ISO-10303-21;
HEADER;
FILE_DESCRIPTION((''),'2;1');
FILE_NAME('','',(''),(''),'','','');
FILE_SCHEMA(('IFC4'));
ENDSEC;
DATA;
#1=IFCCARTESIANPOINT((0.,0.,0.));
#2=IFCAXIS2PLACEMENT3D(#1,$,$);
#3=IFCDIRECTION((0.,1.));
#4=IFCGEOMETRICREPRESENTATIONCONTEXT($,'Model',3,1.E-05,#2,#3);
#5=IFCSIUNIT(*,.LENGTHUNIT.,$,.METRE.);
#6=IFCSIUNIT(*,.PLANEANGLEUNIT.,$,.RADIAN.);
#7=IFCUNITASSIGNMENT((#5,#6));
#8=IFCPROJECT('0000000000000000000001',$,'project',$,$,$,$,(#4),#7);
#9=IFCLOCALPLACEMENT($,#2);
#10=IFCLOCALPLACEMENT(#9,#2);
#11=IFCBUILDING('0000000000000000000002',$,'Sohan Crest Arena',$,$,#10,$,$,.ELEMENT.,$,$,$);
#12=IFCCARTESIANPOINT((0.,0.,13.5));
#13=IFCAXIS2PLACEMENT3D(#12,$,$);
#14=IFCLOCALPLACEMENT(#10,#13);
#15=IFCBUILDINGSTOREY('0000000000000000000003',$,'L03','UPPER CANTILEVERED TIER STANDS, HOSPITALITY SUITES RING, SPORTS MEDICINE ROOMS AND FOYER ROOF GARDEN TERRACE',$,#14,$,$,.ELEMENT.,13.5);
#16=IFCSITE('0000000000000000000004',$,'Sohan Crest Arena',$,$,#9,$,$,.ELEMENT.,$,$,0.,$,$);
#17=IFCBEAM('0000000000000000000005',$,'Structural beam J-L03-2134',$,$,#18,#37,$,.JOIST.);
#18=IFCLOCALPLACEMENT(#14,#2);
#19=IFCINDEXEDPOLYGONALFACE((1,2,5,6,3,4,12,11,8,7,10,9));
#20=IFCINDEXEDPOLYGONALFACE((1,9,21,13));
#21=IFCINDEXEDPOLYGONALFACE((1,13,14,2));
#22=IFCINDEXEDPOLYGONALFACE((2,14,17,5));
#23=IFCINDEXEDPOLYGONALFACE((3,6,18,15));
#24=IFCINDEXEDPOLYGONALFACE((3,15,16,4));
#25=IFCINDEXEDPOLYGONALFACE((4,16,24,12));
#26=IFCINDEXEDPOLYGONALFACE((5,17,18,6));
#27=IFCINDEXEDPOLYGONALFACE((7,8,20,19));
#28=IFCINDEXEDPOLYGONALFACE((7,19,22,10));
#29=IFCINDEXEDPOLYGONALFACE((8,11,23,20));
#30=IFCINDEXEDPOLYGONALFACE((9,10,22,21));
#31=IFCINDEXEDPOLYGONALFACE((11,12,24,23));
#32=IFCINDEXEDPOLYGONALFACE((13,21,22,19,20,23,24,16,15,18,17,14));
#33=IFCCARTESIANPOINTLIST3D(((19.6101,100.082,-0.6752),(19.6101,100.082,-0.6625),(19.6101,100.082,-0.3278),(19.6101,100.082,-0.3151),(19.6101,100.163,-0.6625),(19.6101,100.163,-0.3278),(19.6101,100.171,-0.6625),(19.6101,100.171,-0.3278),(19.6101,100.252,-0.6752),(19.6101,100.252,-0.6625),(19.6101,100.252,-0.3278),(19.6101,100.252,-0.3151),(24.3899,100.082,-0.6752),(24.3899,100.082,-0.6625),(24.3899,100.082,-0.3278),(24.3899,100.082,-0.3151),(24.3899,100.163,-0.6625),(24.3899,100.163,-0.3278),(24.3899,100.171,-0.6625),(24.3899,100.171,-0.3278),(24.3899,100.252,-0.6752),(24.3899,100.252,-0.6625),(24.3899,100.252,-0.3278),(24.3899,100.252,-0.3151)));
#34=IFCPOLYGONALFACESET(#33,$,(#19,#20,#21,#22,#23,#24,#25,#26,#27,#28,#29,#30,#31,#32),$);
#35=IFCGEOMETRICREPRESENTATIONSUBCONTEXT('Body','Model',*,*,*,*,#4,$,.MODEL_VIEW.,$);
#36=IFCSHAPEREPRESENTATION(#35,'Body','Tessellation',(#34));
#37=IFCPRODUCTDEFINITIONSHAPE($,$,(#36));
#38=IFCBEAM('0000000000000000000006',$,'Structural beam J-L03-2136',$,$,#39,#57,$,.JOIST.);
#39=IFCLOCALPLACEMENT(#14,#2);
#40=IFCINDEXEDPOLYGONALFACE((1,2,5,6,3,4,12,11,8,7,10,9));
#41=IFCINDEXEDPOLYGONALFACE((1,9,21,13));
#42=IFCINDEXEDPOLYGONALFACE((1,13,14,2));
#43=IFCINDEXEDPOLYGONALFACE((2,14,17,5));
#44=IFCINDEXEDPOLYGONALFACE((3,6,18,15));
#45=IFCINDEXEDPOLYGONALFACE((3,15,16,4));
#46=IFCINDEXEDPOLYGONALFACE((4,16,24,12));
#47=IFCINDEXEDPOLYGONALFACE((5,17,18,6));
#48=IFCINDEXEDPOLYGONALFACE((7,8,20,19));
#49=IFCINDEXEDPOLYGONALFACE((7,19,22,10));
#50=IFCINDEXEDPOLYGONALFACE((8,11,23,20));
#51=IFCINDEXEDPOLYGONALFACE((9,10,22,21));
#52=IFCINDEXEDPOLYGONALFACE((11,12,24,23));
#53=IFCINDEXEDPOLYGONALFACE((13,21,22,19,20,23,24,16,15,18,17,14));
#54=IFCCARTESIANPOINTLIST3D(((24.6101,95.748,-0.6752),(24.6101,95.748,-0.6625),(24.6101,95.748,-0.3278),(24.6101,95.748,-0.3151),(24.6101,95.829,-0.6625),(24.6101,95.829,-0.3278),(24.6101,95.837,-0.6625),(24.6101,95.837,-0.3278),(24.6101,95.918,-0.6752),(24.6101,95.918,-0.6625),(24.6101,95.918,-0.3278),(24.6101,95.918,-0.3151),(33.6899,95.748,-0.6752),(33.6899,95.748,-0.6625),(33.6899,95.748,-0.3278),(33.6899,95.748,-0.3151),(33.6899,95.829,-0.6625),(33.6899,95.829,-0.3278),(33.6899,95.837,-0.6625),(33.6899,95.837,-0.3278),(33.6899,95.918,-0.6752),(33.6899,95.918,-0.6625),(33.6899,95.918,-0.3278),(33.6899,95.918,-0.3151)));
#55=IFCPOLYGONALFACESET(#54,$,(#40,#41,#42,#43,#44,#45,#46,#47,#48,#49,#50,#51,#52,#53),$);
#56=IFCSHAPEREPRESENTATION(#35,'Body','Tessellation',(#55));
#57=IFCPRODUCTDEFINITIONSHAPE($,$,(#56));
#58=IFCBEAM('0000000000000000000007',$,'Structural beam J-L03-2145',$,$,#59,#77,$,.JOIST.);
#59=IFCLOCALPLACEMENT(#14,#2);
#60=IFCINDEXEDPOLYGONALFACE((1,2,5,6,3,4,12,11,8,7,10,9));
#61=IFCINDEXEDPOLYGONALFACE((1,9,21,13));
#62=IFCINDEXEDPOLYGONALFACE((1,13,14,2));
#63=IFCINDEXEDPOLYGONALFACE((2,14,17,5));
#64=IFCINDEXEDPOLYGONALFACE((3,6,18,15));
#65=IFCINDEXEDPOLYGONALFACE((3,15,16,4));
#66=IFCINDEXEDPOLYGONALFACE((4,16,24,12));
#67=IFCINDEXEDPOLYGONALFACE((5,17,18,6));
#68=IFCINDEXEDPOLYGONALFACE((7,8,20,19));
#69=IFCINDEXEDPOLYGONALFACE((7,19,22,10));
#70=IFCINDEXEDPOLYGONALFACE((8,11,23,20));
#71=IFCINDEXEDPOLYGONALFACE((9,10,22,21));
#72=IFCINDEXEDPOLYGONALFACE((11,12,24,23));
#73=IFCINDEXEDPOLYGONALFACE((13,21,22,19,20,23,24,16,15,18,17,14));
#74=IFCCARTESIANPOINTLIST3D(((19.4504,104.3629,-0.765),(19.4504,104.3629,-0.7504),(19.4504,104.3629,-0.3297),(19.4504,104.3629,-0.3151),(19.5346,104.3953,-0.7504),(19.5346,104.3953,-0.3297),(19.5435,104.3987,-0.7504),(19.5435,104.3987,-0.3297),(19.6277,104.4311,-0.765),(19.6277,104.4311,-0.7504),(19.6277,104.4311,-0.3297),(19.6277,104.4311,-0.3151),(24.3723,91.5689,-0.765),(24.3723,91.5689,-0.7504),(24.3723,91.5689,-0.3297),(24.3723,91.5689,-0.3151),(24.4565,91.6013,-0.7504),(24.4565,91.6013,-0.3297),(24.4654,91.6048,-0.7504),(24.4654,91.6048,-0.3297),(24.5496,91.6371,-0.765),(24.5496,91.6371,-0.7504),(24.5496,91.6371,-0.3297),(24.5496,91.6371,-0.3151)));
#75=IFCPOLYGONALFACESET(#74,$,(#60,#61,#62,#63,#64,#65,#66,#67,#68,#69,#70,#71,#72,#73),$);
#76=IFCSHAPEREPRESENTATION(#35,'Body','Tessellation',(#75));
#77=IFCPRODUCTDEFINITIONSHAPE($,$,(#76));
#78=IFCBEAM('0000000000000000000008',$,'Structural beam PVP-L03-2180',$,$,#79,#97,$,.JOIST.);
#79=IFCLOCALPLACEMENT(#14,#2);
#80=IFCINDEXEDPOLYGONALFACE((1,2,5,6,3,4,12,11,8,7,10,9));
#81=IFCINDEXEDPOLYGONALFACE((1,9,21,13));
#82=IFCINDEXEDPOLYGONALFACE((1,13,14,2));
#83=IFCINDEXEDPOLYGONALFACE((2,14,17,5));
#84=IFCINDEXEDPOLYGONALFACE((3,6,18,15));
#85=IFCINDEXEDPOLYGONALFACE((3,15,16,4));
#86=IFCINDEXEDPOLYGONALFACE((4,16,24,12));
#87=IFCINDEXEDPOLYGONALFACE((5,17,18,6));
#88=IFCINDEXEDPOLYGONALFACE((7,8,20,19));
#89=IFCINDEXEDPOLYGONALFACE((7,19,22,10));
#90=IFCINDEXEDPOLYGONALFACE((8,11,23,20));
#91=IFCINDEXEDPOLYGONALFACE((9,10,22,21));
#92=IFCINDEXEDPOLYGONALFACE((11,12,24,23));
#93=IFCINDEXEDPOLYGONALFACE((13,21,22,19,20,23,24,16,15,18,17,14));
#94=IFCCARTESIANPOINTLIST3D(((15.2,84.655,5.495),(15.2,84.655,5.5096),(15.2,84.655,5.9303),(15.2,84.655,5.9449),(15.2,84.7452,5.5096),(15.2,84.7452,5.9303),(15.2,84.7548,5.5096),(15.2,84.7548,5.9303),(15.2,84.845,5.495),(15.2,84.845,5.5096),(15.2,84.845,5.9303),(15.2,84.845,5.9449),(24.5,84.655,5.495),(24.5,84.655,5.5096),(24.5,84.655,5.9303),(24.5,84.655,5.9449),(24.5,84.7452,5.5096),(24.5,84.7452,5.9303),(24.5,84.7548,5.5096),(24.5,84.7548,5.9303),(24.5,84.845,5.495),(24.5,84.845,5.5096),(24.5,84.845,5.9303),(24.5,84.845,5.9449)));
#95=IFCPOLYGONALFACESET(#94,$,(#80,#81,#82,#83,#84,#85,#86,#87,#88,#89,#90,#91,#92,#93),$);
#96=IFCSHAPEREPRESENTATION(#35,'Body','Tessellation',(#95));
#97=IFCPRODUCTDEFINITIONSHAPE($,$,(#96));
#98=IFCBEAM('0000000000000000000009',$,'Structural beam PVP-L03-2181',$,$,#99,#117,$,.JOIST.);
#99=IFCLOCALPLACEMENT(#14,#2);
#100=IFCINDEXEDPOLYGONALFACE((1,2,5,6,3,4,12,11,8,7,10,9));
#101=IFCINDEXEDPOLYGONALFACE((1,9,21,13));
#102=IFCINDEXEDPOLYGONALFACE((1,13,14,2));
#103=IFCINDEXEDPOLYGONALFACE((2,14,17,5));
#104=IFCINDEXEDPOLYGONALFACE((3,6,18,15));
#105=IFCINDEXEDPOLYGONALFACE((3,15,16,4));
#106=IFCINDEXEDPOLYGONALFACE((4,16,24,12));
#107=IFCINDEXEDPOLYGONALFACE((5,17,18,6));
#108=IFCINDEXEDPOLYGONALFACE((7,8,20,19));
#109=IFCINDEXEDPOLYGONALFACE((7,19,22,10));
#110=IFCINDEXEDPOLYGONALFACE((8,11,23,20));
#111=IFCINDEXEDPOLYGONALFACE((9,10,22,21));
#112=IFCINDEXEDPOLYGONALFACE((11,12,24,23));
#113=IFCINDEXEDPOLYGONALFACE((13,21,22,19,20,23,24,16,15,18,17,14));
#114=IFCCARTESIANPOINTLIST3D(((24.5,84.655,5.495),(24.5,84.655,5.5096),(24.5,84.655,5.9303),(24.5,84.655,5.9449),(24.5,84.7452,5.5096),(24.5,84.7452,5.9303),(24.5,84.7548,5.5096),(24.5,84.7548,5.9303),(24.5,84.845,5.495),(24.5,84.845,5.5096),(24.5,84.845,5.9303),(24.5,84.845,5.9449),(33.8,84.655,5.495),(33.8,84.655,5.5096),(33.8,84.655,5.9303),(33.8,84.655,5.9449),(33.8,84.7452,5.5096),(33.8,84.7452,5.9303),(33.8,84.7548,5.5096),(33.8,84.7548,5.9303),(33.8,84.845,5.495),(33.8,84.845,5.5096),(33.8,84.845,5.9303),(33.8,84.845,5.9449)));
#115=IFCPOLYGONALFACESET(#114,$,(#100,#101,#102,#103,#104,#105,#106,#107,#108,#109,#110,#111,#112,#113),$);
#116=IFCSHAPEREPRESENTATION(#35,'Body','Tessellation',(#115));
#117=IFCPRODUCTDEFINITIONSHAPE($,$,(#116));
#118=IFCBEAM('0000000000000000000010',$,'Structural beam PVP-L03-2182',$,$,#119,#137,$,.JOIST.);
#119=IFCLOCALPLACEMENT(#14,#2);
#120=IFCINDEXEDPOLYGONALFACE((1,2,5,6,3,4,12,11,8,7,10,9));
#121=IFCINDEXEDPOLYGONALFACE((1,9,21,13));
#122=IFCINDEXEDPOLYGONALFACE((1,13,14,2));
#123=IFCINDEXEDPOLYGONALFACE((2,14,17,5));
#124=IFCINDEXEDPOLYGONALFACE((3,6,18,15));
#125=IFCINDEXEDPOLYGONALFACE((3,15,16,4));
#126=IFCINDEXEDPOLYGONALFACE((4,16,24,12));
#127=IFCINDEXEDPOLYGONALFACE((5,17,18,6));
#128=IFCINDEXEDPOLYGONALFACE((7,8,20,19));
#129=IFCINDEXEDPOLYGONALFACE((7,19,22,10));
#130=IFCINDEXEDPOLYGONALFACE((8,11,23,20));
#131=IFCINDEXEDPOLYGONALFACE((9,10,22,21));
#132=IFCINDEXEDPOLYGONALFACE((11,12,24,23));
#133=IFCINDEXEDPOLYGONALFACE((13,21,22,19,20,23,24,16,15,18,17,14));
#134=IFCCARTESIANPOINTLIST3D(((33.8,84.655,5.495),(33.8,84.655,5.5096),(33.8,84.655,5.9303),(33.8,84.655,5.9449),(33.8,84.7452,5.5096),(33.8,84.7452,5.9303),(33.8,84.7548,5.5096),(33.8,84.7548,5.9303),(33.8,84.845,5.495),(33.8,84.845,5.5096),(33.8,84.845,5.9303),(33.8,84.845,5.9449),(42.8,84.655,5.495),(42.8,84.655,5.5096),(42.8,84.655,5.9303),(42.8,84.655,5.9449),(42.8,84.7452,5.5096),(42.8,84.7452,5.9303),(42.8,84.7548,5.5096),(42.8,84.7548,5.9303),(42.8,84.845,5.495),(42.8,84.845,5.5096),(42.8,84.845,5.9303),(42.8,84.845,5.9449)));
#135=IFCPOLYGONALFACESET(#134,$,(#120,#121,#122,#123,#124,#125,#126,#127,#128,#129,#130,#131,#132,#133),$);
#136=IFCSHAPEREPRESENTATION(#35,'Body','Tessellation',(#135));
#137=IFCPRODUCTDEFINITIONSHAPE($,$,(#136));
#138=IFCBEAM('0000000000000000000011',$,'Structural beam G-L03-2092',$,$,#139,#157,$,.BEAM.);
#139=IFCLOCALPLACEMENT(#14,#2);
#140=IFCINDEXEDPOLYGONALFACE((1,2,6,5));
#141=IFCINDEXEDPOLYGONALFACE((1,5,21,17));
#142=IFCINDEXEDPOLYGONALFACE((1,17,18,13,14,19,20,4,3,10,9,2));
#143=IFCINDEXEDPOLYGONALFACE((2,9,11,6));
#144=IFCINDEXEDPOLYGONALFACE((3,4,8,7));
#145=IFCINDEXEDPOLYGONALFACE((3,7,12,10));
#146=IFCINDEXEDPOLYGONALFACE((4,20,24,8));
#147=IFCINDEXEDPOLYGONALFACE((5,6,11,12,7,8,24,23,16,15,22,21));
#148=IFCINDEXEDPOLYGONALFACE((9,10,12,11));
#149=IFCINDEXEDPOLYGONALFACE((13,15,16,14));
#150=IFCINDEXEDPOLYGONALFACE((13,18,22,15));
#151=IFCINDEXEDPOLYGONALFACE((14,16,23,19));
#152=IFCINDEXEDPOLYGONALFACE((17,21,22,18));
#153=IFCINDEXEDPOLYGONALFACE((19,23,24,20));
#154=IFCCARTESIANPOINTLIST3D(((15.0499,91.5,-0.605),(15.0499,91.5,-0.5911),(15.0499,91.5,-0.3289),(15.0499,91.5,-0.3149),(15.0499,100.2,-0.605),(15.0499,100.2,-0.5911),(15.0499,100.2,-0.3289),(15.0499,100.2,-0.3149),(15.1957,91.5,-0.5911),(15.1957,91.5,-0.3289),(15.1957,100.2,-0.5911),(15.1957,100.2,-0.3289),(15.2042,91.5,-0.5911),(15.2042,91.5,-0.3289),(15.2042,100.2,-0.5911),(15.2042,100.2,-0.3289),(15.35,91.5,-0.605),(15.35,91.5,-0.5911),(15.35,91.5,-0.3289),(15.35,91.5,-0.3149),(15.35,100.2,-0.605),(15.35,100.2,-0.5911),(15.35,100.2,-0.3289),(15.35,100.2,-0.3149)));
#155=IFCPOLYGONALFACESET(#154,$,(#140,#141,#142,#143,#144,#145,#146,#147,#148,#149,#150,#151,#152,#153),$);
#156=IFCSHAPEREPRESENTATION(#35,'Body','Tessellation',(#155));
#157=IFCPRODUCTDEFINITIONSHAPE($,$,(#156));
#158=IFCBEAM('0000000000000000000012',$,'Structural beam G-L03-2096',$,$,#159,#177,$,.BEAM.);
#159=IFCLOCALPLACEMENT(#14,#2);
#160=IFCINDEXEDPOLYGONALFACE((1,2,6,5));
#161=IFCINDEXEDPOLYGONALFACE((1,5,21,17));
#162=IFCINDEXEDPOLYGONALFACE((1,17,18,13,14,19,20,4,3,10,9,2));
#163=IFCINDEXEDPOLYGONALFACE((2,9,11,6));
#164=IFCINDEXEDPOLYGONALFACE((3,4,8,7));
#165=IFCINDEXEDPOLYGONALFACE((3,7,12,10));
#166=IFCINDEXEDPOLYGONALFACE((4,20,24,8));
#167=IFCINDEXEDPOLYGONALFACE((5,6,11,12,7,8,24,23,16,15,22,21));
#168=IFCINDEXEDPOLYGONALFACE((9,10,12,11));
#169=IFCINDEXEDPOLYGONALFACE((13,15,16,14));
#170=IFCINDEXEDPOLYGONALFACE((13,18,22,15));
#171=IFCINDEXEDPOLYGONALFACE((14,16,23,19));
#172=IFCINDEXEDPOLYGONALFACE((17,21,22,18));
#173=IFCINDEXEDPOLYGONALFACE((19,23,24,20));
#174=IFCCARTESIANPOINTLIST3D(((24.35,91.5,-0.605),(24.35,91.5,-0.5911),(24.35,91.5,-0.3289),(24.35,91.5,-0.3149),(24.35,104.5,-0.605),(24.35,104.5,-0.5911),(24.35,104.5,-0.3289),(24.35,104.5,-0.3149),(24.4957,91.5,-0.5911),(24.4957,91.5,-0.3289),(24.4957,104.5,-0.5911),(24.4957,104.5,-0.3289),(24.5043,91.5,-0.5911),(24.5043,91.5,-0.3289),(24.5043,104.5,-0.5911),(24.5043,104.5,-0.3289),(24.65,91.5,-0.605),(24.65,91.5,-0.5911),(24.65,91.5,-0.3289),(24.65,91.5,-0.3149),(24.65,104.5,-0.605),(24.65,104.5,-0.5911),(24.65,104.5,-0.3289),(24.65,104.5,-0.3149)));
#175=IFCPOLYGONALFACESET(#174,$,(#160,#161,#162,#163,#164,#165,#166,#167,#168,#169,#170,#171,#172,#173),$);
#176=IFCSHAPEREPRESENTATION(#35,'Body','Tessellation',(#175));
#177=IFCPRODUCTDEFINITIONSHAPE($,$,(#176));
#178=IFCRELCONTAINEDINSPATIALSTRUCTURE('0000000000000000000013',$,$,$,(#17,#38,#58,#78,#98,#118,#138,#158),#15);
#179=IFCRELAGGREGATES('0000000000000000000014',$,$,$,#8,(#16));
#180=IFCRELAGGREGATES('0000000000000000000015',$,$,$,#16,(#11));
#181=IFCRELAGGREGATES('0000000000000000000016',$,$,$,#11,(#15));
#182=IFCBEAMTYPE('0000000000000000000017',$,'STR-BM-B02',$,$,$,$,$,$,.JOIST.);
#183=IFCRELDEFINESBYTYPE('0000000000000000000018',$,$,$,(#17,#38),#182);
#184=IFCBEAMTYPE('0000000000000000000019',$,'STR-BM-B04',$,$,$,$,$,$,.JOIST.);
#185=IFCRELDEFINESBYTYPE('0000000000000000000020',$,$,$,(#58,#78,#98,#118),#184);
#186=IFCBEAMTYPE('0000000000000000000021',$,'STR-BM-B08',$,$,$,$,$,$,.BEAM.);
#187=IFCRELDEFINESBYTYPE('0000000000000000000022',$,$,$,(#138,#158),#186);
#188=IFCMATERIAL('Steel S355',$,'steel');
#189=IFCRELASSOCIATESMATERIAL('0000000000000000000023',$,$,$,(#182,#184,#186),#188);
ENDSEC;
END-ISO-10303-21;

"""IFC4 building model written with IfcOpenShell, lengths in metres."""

from ifc_helpers import new_model, si_unit, direction, frame, origin, origin_2d, place, context, subcontext, project, spatial, i_section, extrude, material, material_profile, profile_set, type_object, element, save


model = new_model("IFC4")

# Units and contexts
model_context = context("Model", 3, precision=1e-05, world=origin(), true_north=direction((0.0, 1.0)))
body_context = subcontext(model_context, "Body", "Model", "MODEL_VIEW")
ifc_project = project(units=[si_unit("LENGTHUNIT", "METRE"), si_unit("PLANEANGLEUNIT", "RADIAN")], contexts=[model_context])

# Site, building, storey
site_placement = place(None, origin())
site = spatial("IfcSite", under=ifc_project, at=site_placement, Name="Sohan Crest Arena", CompositionType="ELEMENT", RefElevation=0.0)
building_placement = place(site_placement, origin())
building = spatial("IfcBuilding", under=site, at=building_placement, Name="Sohan Crest Arena", CompositionType="ELEMENT")
storey_placement = place(building_placement, frame((0.0, 0.0, 13.5)))
storey = spatial("IfcBuildingStorey", under=building, at=storey_placement, Name="L03", Description="UPPER CANTILEVERED TIER STANDS, HOSPITALITY SUITES RING, SPORTS MEDICINE ROOMS AND FOYER ROOF GARDEN TERRACE", CompositionType="ELEMENT", Elevation=13.5)

# Beams
ifc_material_1 = material(Name="Steel S355", Category="steel")
ifc_material_profile_1 = material_profile(ifc_material_1, i_section(OverallWidth=0.1699, OverallDepth=0.3601, WebThickness=0.0081, FlangeThickness=0.0127, at=origin_2d()), Name="IPE 360")
ifc_profile_set_1 = profile_set([ifc_material_profile_1], Name="Steel S355")
beam_type_1 = type_object("IfcBeamType", Name="STR-BM-B02", PredefinedType="JOIST", material=ifc_profile_set_1)
beam_1_placement = place(storey_placement, frame((19.6101, 100.167, -0.4951), z_axis=(1.0, 0.0, 0.0), x_axis=(0.0, 1.0, 0.0)))
element("IfcBeam", 1, at=beam_1_placement, inside=storey, type_object=beam_type_1, Name="Structural beam J-L03-2134", PredefinedType="JOIST", context=body_context, shape_type="SweptSolid", body=[
    extrude(i_section(OverallWidth=0.1699, OverallDepth=0.3601, WebThickness=0.0081, FlangeThickness=0.0127, at=origin_2d()), origin(), (0.0, 0.0, 1.0), 4.7798),
])
beam_2_placement = place(storey_placement, frame((24.6101, 95.833, -0.4951), z_axis=(1.0, 0.0, 0.0), x_axis=(0.0, 1.0, 0.0)))
element("IfcBeam", 2, at=beam_2_placement, inside=storey, type_object=beam_type_1, Name="Structural beam J-L03-2136", PredefinedType="JOIST", context=body_context, shape_type="SweptSolid", body=[
    extrude(i_section(OverallWidth=0.1699, OverallDepth=0.3601, WebThickness=0.0081, FlangeThickness=0.0127, at=origin_2d()), origin(), (0.0, 0.0, 1.0), 9.0798),
])
ifc_material_profile_2 = material_profile(ifc_material_1, i_section(OverallWidth=0.1899, OverallDepth=0.45, WebThickness=0.0095, FlangeThickness=0.0146, at=origin_2d()), Name="IPE 450")
ifc_profile_set_2 = profile_set([ifc_material_profile_2], Name="Steel S355")
beam_type_2 = type_object("IfcBeamType", Name="STR-BM-B04", PredefinedType="JOIST", material=ifc_profile_set_2)
beam_3_placement = place(storey_placement, frame((19.5391, 104.397, -0.54), z_axis=(0.359051, -0.933318, 0.0), x_axis=(0.933318, 0.359051, 0.0)))
element("IfcBeam", 3, at=beam_3_placement, inside=storey, type_object=beam_type_2, Name="Structural beam J-L03-2145", PredefinedType="JOIST", context=body_context, shape_type="SweptSolid", body=[
    extrude(i_section(OverallWidth=0.1899, OverallDepth=0.45, WebThickness=0.0095, FlangeThickness=0.0146, at=origin_2d()), origin(), (0.0, 0.0, 1.0), 13.708),
])
for number, where, z_axis, x_axis, name in (
    (4, (15.2, 84.75, 5.72), (1.0, 0.0, 0.0), (0.0, 1.0, 0.0), "Structural beam PVP-L03-2180"),
    (5, (24.5, 84.75, 5.72), (1.0, 0.0, 0.0), (0.0, 1.0, 0.0), "Structural beam PVP-L03-2181"),
):
    element("IfcBeam", number, at=place(storey_placement, frame(where, z_axis=z_axis, x_axis=x_axis)), inside=storey, type_object=beam_type_2, Name=name, PredefinedType="JOIST", context=body_context, shape_type="SweptSolid", body=[
        extrude(i_section(OverallWidth=0.1899, OverallDepth=0.45, WebThickness=0.0095, FlangeThickness=0.0146, at=origin_2d()), origin(), (0.0, 0.0, 1.0), 9.3),
    ])
beam_4_placement = place(storey_placement, frame((33.8, 84.75, 5.72), z_axis=(1.0, 0.0, 0.0), x_axis=(0.0, 1.0, 0.0)))
element("IfcBeam", 6, at=beam_4_placement, inside=storey, type_object=beam_type_2, Name="Structural beam PVP-L03-2182", PredefinedType="JOIST", context=body_context, shape_type="SweptSolid", body=[
    extrude(i_section(OverallWidth=0.1899, OverallDepth=0.45, WebThickness=0.0095, FlangeThickness=0.0146, at=origin_2d()), origin(), (0.0, 0.0, 1.0), 9.0),
])
ifc_material_profile_3 = material_profile(ifc_material_1, i_section(OverallWidth=0.3, OverallDepth=0.29, WebThickness=0.0085, FlangeThickness=0.0139, at=origin_2d()), Name="HEA 300")
ifc_profile_set_3 = profile_set([ifc_material_profile_3], Name="Steel S355")
beam_type_3 = type_object("IfcBeamType", Name="STR-BM-B08", PredefinedType="BEAM", material=ifc_profile_set_3)
beam_5_placement = place(storey_placement, frame((15.2, 91.5, -0.46), z_axis=(0.0, 1.0, 0.0), x_axis=(-1.0, 0.0, 0.0)))
element("IfcBeam", 7, at=beam_5_placement, inside=storey, type_object=beam_type_3, Name="Structural beam G-L03-2092", PredefinedType="BEAM", context=body_context, shape_type="SweptSolid", body=[
    extrude(i_section(OverallWidth=0.3, OverallDepth=0.29, WebThickness=0.0085, FlangeThickness=0.0139, at=origin_2d()), origin(), (0.0, 0.0, 1.0), 8.7),
])
beam_6_placement = place(storey_placement, frame((24.5, 91.5, -0.46), z_axis=(0.0, 1.0, 0.0), x_axis=(-1.0, 0.0, 0.0)))
element("IfcBeam", 8, at=beam_6_placement, inside=storey, type_object=beam_type_3, Name="Structural beam G-L03-2096", PredefinedType="BEAM", context=body_context, shape_type="SweptSolid", body=[
    extrude(i_section(OverallWidth=0.3, OverallDepth=0.29, WebThickness=0.0085, FlangeThickness=0.0139, at=origin_2d()), origin(), (0.0, 0.0, 1.0), 13.0),
])

save(model, "model.ifc")
